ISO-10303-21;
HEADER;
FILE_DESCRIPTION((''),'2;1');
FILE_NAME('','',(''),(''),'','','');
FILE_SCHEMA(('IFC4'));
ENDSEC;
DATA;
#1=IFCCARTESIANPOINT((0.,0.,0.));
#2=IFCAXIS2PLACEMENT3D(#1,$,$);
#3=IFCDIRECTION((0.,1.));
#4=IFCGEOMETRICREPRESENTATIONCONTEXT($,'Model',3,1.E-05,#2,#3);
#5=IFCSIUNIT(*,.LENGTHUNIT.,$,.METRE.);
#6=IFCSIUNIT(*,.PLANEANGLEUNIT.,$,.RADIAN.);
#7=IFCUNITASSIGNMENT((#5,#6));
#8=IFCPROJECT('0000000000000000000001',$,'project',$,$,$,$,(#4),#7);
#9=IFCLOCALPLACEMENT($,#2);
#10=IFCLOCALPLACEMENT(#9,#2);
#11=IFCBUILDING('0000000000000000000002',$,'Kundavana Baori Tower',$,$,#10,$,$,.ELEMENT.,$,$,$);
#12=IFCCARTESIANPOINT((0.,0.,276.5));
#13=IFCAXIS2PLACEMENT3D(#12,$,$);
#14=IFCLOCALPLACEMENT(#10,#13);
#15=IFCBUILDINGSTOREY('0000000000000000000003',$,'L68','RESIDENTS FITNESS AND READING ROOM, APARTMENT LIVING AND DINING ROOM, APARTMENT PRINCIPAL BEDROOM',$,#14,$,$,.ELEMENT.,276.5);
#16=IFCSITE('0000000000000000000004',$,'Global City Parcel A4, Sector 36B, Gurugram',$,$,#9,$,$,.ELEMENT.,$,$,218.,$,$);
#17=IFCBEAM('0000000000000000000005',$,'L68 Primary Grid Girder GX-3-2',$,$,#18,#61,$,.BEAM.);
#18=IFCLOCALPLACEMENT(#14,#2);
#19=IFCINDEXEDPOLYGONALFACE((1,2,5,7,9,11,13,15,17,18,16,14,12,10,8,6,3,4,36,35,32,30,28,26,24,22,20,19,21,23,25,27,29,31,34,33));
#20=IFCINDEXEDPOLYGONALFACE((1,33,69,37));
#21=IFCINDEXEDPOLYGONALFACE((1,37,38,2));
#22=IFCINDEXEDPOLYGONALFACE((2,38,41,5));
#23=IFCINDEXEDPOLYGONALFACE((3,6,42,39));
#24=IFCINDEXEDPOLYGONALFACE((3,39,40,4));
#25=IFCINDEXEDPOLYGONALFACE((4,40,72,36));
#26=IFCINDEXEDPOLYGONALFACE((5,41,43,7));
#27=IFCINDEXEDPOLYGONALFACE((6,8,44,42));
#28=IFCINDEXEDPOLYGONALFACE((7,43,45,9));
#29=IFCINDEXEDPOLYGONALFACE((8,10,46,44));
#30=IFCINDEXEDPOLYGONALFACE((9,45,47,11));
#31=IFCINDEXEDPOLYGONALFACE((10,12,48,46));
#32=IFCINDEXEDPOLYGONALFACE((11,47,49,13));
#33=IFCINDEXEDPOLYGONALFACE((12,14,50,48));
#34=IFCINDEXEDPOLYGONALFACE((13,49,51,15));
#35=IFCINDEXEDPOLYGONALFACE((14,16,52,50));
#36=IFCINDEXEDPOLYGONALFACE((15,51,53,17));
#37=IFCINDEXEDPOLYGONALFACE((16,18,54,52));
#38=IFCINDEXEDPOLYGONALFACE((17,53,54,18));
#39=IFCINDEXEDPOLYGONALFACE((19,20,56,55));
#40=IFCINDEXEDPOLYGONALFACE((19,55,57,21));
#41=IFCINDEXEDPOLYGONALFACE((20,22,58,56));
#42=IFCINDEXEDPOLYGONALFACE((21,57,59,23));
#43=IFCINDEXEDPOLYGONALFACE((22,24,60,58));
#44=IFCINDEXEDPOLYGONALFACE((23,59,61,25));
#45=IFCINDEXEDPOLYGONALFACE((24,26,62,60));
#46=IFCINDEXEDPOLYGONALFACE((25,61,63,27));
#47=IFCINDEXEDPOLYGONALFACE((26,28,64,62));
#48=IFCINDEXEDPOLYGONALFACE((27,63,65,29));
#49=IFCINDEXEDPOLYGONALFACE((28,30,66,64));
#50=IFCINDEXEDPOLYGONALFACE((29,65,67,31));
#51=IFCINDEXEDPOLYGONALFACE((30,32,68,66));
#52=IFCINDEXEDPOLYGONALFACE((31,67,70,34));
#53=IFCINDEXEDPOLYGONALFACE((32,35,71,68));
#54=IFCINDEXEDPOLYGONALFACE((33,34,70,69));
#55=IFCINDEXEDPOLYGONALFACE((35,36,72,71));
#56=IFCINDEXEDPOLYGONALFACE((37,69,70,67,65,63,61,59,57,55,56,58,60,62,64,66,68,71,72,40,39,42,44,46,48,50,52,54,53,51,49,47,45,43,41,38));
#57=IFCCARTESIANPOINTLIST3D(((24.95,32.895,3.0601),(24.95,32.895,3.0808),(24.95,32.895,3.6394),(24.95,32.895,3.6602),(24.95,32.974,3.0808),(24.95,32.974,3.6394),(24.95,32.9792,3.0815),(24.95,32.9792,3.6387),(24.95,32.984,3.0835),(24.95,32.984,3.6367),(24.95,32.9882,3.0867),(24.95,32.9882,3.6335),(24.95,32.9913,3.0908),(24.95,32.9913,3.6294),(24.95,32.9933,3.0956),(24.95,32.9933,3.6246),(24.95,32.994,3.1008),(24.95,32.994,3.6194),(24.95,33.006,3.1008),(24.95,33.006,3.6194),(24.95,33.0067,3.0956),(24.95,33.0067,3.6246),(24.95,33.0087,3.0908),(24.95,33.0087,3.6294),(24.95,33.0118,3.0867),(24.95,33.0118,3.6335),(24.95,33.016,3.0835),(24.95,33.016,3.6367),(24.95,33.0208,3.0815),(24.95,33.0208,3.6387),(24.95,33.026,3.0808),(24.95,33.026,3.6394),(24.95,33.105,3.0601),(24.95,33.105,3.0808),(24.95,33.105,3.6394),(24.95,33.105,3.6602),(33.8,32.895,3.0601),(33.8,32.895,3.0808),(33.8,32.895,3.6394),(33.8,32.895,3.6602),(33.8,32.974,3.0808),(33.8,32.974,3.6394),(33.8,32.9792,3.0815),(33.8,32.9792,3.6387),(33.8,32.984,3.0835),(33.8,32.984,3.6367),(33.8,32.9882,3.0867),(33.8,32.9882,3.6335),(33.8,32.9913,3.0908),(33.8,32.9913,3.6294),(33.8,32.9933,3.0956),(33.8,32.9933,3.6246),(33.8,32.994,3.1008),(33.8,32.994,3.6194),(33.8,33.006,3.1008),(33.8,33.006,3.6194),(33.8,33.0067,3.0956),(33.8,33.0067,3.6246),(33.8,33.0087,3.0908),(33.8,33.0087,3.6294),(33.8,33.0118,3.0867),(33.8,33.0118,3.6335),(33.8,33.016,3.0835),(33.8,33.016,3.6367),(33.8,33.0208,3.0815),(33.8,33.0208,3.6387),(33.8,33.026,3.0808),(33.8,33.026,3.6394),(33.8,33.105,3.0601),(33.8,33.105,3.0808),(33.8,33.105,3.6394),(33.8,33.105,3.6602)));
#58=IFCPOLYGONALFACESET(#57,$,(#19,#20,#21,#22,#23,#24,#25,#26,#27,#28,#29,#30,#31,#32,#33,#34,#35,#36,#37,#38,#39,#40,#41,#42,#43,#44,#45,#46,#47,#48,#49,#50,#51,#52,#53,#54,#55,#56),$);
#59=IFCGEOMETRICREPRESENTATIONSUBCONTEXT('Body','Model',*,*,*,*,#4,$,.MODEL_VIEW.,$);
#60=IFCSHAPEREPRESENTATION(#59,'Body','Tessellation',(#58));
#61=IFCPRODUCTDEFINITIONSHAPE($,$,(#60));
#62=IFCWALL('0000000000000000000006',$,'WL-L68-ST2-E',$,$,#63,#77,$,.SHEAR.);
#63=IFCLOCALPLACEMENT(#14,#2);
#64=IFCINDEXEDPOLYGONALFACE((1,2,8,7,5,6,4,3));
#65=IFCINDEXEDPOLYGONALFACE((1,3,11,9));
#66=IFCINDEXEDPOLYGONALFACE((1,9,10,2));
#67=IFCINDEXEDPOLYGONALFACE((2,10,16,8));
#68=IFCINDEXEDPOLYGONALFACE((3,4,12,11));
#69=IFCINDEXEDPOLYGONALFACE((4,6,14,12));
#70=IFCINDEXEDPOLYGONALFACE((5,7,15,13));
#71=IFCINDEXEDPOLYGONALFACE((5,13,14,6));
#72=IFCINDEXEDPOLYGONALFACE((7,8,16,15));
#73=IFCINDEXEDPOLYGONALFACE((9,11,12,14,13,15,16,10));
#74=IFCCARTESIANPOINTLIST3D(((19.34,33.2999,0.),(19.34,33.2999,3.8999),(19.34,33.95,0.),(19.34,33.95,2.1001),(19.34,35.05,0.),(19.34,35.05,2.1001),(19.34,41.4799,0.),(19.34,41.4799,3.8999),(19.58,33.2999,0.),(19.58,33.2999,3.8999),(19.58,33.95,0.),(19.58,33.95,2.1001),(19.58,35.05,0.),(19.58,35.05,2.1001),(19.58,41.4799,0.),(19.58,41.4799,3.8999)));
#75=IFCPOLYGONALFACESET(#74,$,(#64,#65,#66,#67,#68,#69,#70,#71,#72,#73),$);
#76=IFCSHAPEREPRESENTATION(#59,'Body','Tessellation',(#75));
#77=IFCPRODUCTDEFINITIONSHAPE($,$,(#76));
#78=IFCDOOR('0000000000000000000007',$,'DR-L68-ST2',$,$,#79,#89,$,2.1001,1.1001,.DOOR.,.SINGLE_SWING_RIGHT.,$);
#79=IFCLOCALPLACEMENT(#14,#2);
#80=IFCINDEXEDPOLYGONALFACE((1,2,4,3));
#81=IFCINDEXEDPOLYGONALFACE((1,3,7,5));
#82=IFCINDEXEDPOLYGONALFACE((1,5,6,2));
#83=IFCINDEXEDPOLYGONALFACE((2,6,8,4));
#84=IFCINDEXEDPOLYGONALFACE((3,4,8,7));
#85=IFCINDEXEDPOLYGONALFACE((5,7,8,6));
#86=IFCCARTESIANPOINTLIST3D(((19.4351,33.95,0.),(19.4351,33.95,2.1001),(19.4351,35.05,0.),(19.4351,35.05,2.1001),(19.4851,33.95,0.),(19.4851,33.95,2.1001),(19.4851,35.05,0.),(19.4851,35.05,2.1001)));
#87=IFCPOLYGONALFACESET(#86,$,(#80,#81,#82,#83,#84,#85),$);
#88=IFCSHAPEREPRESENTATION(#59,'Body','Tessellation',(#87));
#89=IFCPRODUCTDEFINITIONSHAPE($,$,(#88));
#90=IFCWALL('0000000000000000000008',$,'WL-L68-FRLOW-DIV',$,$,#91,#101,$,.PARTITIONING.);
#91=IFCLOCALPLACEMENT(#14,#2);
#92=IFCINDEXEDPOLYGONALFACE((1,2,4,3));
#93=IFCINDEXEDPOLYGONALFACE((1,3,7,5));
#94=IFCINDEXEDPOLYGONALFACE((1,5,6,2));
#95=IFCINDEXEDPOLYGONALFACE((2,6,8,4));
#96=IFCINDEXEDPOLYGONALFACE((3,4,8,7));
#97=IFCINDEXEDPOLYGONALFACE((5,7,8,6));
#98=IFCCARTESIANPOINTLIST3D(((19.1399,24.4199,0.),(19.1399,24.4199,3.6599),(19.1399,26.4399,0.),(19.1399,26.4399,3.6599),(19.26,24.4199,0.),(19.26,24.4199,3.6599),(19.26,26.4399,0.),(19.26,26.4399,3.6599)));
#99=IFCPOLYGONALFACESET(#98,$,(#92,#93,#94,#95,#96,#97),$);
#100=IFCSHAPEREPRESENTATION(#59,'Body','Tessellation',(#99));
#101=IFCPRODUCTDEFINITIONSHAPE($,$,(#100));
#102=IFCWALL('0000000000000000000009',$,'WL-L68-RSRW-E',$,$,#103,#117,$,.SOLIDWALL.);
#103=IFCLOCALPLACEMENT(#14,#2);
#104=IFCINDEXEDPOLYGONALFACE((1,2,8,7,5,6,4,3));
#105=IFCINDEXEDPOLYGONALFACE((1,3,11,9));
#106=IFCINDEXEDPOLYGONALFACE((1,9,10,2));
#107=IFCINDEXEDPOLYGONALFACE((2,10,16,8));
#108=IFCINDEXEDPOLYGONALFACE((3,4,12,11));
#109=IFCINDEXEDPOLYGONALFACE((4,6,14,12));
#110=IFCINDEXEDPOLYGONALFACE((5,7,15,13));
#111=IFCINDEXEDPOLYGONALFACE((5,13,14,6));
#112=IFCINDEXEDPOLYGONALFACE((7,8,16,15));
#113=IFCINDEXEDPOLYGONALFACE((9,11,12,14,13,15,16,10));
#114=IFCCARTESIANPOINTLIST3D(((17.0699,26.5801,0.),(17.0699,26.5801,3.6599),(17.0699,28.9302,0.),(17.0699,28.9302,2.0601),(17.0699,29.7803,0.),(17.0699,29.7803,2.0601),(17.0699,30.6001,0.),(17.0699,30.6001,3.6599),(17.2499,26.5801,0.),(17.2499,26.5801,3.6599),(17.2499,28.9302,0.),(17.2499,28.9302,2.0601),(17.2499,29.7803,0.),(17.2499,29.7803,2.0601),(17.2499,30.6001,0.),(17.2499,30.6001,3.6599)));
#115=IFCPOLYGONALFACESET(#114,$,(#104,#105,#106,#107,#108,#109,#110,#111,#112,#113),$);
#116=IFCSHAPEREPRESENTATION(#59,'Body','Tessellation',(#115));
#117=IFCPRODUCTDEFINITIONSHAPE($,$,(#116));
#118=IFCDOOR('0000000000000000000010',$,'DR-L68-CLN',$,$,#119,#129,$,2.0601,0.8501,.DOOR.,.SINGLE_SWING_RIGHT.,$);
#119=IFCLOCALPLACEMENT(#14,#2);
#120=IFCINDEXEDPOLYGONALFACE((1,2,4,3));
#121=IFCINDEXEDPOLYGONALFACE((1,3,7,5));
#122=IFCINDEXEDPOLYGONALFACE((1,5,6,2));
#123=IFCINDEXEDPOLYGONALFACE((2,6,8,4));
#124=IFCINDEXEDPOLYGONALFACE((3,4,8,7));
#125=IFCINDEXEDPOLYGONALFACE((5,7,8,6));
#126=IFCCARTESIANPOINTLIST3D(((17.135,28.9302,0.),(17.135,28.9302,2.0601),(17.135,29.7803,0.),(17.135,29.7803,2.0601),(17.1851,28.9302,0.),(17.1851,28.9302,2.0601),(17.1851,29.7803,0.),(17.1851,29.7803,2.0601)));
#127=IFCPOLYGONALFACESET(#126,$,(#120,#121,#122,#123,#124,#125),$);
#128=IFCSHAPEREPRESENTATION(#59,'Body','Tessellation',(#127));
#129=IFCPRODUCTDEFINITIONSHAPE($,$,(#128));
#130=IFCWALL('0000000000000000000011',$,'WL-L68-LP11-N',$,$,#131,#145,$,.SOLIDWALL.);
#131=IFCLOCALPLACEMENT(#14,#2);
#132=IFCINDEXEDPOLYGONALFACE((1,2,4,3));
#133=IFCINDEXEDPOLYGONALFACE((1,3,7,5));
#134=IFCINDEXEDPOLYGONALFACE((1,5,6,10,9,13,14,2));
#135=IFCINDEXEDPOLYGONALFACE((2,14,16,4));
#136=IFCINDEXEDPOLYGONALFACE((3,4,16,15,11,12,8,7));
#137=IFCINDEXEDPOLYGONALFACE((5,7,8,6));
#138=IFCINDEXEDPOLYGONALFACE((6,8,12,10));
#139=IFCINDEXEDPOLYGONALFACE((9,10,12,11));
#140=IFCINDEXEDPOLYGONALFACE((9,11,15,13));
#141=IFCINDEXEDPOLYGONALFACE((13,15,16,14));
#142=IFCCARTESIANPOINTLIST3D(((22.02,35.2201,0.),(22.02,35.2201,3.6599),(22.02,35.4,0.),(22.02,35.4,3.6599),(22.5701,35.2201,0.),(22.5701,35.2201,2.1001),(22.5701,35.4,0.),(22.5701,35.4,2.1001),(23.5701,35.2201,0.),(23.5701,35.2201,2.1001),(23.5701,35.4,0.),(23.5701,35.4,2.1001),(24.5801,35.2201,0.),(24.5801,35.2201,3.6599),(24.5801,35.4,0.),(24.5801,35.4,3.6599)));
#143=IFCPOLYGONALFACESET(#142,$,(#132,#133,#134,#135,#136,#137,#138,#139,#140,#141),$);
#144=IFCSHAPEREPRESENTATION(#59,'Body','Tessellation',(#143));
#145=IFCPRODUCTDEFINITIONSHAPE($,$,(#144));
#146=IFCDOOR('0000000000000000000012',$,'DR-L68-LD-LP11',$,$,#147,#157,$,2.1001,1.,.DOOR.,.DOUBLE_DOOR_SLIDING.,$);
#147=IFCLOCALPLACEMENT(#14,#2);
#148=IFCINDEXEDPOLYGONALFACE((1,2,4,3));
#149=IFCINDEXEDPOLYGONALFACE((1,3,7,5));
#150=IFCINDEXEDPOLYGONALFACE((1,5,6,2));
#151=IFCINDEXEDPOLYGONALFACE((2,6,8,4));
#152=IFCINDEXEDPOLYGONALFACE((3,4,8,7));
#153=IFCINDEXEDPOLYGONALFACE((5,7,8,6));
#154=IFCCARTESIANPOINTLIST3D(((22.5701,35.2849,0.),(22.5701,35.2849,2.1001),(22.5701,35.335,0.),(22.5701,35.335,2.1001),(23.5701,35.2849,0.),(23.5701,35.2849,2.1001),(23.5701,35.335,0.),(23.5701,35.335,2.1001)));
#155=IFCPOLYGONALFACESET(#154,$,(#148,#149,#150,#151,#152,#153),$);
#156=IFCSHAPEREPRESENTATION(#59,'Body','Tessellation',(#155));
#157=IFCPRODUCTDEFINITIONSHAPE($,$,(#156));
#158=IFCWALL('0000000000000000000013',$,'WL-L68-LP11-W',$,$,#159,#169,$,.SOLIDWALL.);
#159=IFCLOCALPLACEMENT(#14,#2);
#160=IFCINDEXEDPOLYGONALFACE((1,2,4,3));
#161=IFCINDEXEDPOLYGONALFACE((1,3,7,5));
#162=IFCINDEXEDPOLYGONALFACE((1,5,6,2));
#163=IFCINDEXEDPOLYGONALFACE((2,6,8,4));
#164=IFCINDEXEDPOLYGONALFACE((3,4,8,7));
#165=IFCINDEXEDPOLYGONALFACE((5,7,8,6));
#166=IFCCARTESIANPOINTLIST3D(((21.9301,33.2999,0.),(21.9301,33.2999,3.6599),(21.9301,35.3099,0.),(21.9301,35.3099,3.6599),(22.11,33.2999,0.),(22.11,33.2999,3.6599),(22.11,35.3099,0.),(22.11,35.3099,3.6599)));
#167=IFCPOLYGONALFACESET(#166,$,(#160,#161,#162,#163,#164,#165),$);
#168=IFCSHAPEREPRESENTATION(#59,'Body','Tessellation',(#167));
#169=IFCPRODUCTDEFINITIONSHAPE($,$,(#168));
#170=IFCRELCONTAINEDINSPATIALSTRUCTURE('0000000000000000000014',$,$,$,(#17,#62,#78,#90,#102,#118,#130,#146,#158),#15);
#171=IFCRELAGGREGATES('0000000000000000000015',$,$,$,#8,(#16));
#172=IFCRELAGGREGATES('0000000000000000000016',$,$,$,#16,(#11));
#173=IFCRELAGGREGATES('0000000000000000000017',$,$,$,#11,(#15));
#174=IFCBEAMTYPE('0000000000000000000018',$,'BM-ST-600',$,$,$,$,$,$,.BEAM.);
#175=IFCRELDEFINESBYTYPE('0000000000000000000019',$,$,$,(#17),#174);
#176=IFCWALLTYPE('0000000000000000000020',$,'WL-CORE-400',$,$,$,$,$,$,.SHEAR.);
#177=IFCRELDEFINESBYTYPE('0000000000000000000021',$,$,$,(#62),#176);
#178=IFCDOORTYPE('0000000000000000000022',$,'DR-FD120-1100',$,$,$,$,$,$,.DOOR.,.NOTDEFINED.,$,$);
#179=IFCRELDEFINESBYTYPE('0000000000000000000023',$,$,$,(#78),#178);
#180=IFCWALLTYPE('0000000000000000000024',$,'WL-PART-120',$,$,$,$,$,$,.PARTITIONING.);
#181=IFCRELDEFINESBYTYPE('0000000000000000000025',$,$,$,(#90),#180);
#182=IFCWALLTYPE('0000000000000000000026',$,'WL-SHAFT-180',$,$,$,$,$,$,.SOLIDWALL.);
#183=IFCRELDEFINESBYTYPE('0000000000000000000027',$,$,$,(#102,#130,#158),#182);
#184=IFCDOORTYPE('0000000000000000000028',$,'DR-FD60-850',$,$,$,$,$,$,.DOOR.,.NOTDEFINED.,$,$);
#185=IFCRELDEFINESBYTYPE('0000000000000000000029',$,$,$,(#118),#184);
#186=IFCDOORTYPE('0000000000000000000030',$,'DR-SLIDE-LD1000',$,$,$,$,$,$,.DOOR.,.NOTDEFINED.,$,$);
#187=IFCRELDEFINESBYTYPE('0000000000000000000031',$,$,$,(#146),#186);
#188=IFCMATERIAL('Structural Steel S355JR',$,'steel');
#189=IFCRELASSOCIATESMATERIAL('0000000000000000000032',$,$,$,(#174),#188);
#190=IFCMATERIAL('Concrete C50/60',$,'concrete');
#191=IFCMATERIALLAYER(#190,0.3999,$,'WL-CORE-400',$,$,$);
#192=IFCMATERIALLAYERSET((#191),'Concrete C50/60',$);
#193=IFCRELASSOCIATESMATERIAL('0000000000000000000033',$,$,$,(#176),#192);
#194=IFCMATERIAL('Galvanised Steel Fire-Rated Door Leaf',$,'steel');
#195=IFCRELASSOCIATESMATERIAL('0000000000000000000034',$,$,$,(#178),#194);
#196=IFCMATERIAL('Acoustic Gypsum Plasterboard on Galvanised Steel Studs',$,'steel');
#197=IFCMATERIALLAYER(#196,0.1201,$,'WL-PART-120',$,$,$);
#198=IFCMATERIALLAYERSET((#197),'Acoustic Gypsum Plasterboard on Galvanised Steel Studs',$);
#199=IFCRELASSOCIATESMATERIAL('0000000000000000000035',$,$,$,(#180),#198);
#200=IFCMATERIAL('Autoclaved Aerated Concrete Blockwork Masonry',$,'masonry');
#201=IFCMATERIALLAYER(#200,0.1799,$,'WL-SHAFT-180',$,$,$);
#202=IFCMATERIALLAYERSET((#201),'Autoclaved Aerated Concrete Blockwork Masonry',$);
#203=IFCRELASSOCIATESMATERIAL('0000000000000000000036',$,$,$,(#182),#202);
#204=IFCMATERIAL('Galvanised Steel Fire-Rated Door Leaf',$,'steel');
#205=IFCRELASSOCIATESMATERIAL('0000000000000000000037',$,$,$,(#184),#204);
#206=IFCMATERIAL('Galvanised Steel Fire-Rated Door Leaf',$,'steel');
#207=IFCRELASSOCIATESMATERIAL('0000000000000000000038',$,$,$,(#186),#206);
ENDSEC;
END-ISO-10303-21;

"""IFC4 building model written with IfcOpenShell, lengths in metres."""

from ifc_helpers import new_model, si_unit, direction, frame, frame_2d, origin, origin_2d, place, context, subcontext, project, spatial, rectangle, i_section, extrude, material, layer, layer_set, material_profile, profile_set, type_object, element, fill, save


model = new_model("IFC4")

# Units and contexts
model_context = context("Model", 3, precision=1e-05, world=origin(), true_north=direction((0.0, 1.0)))
body_context = subcontext(model_context, "Body", "Model", "MODEL_VIEW")
ifc_project = project(units=[si_unit("LENGTHUNIT", "METRE"), si_unit("PLANEANGLEUNIT", "RADIAN")], contexts=[model_context])

# Site, building, storey
site_placement = place(None, origin())
site = spatial("IfcSite", under=ifc_project, at=site_placement, Name="Global City Parcel A4, Sector 36B, Gurugram", CompositionType="ELEMENT", RefElevation=218.0)
building_placement = place(site_placement, origin())
building = spatial("IfcBuilding", under=site, at=building_placement, Name="Kundavana Baori Tower", CompositionType="ELEMENT")
storey_placement = place(building_placement, frame((0.0, 0.0, 276.5)))
storey = spatial("IfcBuildingStorey", under=building, at=storey_placement, Name="L68", Description="RESIDENTS FITNESS AND READING ROOM, APARTMENT LIVING AND DINING ROOM, APARTMENT PRINCIPAL BEDROOM", CompositionType="ELEMENT", Elevation=276.5)

# Beam
ifc_material_1 = material(Name="Structural Steel S355JR", Category="steel")
ifc_material_profile_1 = material_profile(ifc_material_1, i_section(OverallWidth=0.21, OverallDepth=0.6001, WebThickness=0.012, FlangeThickness=0.0208, FilletRadius=0.02, at=origin_2d()), Name="ISMB 600")
ifc_profile_set_1 = profile_set([ifc_material_profile_1], Name="Structural Steel S355JR")
beam_type_1 = type_object("IfcBeamType", Name="BM-ST-600", PredefinedType="BEAM", material=ifc_profile_set_1)
for number, where, z_axis, x_axis, name in (
    (1, (24.95, 33.0, 3.3601), (1.0, 0.0, 0.0), (0.0, 1.0, 0.0), "L68 Primary Grid Girder GX-3-2"),
):
    element("IfcBeam", number, at=place(storey_placement, frame(where, z_axis=z_axis, x_axis=x_axis)), inside=storey, type_object=beam_type_1, Name=name, PredefinedType="BEAM", context=body_context, shape_type="SweptSolid", body=[
        extrude(i_section(OverallWidth=0.21, OverallDepth=0.6001, WebThickness=0.012, FlangeThickness=0.0208, FilletRadius=0.02, at=origin_2d()), origin(), (0.0, 0.0, 1.0), 8.8501),
    ])

# Wall, opening, door
ifc_material_2 = material(Name="Concrete C50/60", Category="concrete")
ifc_layer_1 = layer(ifc_material_2, 0.3999, Name="WL-CORE-400")
ifc_layer_set_1 = layer_set([ifc_layer_1], Name="Concrete C50/60")
wall_type_1 = type_object("IfcWallType", Name="WL-CORE-400", PredefinedType="SHEAR", material=ifc_layer_set_1)
wall_1_placement = place(storey_placement, frame((19.46, 33.3, 0.0), z_axis=(0.0, 0.0, 1.0), x_axis=(0.0, 1.0, 0.0)))
wall_1 = element("IfcWall", 2, at=wall_1_placement, inside=storey, type_object=wall_type_1, Name="WL-L68-ST2-E", PredefinedType="SHEAR", context=body_context, shape_type="SweptSolid", body=[
    extrude(rectangle(XDim=8.1799, YDim=0.24, at=frame_2d((4.0898, 0.0))), origin(), (0.0, 0.0, 1.0), 3.8999),
])
opening_1_placement = place(wall_1_placement, frame((0.6499, 0.0, 0.0)))
opening_1 = element("IfcOpeningElement", 3, at=opening_1_placement, cuts=wall_1, PredefinedType="OPENING", context=body_context, shape_type="SweptSolid", body=[
    extrude(rectangle(XDim=1.1001, YDim=2.1001, at=frame_2d((0.55, 1.05))), frame((0.0, 0.1299, 0.0), z_axis=(0.0, -1.0, 0.0), x_axis=(1.0, 0.0, 0.0)), (0.0, 0.0, 1.0), 0.26),
])
ifc_material_3 = material(Name="Galvanised Steel Fire-Rated Door Leaf", Category="steel")
door_type_1 = type_object("IfcDoorType", Name="DR-FD120-1100", OperationType="NOTDEFINED", PredefinedType="DOOR", material=ifc_material_3)
door_1_placement = place(opening_1_placement, origin())
door_1 = element("IfcDoor", 4, at=door_1_placement, inside=storey, type_object=door_type_1, Name="DR-L68-ST2", OperationType="SINGLE_SWING_RIGHT", OverallHeight=2.1001, OverallWidth=1.1001, PredefinedType="DOOR", context=body_context, shape_type="SweptSolid", body=[
    extrude(rectangle(XDim=1.1001, YDim=2.1001, at=frame_2d((0.55, 1.05))), frame((0.0, 0.0249, 0.0), z_axis=(0.0, -1.0, 0.0), x_axis=(1.0, 0.0, 0.0)), (0.0, 0.0, 1.0), 0.05),
])
fill(opening_1, door_1)

# Wall
ifc_material_4 = material(Name="Acoustic Gypsum Plasterboard on Galvanised Steel Studs", Category="steel")
ifc_layer_2 = layer(ifc_material_4, 0.1201, Name="WL-PART-120")
ifc_layer_set_2 = layer_set([ifc_layer_2], Name="Acoustic Gypsum Plasterboard on Galvanised Steel Studs")
wall_type_2 = type_object("IfcWallType", Name="WL-PART-120", PredefinedType="PARTITIONING", material=ifc_layer_set_2)
wall_2_placement = place(storey_placement, frame((19.2, 24.4199, 0.0), z_axis=(0.0, 0.0, 1.0), x_axis=(0.0, 1.0, 0.0)))
element("IfcWall", 5, at=wall_2_placement, inside=storey, type_object=wall_type_2, Name="WL-L68-FRLOW-DIV", PredefinedType="PARTITIONING", context=body_context, shape_type="SweptSolid", body=[
    extrude(rectangle(XDim=2.02, YDim=0.1201, at=frame_2d((1.01, 0.0))), origin(), (0.0, 0.0, 1.0), 3.6599),
])

# Walls, openings, doors
ifc_material_5 = material(Name="Autoclaved Aerated Concrete Blockwork Masonry", Category="masonry")
ifc_layer_3 = layer(ifc_material_5, 0.1799, Name="WL-SHAFT-180")
ifc_layer_set_3 = layer_set([ifc_layer_3], Name="Autoclaved Aerated Concrete Blockwork Masonry")
wall_type_3 = type_object("IfcWallType", Name="WL-SHAFT-180", PredefinedType="SOLIDWALL", material=ifc_layer_set_3)
wall_3_placement = place(storey_placement, frame((17.1599, 26.5801, 0.0), z_axis=(0.0, 0.0, 1.0), x_axis=(0.0, 1.0, 0.0)))
wall_3 = element("IfcWall", 6, at=wall_3_placement, inside=storey, type_object=wall_type_3, Name="WL-L68-RSRW-E", PredefinedType="SOLIDWALL", context=body_context, shape_type="SweptSolid", body=[
    extrude(rectangle(XDim=4.02, YDim=0.1799, at=frame_2d((2.01, 0.0))), origin(), (0.0, 0.0, 1.0), 3.6599),
])
opening_2_placement = place(wall_3_placement, frame((2.3501, 0.0, 0.0)))
opening_2 = element("IfcOpeningElement", 7, at=opening_2_placement, cuts=wall_3, PredefinedType="OPENING", context=body_context, shape_type="SweptSolid", body=[
    extrude(rectangle(XDim=0.8501, YDim=2.0601, at=frame_2d((0.425, 1.03))), frame((0.0, 0.1001, 0.0), z_axis=(0.0, -1.0, 0.0), x_axis=(1.0, 0.0, 0.0)), (0.0, 0.0, 1.0), 0.2),
])
ifc_material_6 = material(Name="Galvanised Steel Fire-Rated Door Leaf", Category="steel")
door_type_2 = type_object("IfcDoorType", Name="DR-FD60-850", OperationType="NOTDEFINED", PredefinedType="DOOR", material=ifc_material_6)
door_2_placement = place(opening_2_placement, origin())
door_2 = element("IfcDoor", 8, at=door_2_placement, inside=storey, type_object=door_type_2, Name="DR-L68-CLN", OperationType="SINGLE_SWING_RIGHT", OverallHeight=2.0601, OverallWidth=0.8501, PredefinedType="DOOR", context=body_context, shape_type="SweptSolid", body=[
    extrude(rectangle(XDim=0.8501, YDim=2.0601, at=frame_2d((0.425, 1.03))), frame((0.0, 0.0249, 0.0), z_axis=(0.0, -1.0, 0.0), x_axis=(1.0, 0.0, 0.0)), (0.0, 0.0, 1.0), 0.05),
])
fill(opening_2, door_2)
wall_4_placement = place(storey_placement, frame((22.02, 35.3101, 0.0), z_axis=(0.0, 0.0, 1.0), x_axis=(1.0, 0.0, 0.0)))
wall_4 = element("IfcWall", 9, at=wall_4_placement, inside=storey, type_object=wall_type_3, Name="WL-L68-LP11-N", PredefinedType="SOLIDWALL", context=body_context, shape_type="SweptSolid", body=[
    extrude(rectangle(XDim=2.5601, YDim=0.1799, at=frame_2d((1.28, 0.0))), origin(), (0.0, 0.0, 1.0), 3.6599),
])
opening_3_placement = place(wall_4_placement, frame((0.55, 0.0, 0.0)))
opening_3 = element("IfcOpeningElement", 10, at=opening_3_placement, cuts=wall_4, PredefinedType="OPENING", context=body_context, shape_type="SweptSolid", body=[
    extrude(rectangle(XDim=1.0, YDim=2.1001, at=frame_2d((0.5, 1.05))), frame((0.0, 0.1001, 0.0), z_axis=(0.0, -1.0, 0.0), x_axis=(1.0, 0.0, 0.0)), (0.0, 0.0, 1.0), 0.2),
])
ifc_material_7 = material(Name="Galvanised Steel Fire-Rated Door Leaf", Category="steel")
door_type_3 = type_object("IfcDoorType", Name="DR-SLIDE-LD1000", OperationType="NOTDEFINED", PredefinedType="DOOR", material=ifc_material_7)
door_3_placement = place(opening_3_placement, origin())
door_3 = element("IfcDoor", 11, at=door_3_placement, inside=storey, type_object=door_type_3, Name="DR-L68-LD-LP11", OperationType="DOUBLE_DOOR_SLIDING", OverallHeight=2.1001, OverallWidth=1.0, PredefinedType="DOOR", context=body_context, shape_type="SweptSolid", body=[
    extrude(rectangle(XDim=1.0, YDim=2.1001, at=frame_2d((0.5, 1.05))), frame((0.0, 0.0249, 0.0), z_axis=(0.0, -1.0, 0.0), x_axis=(1.0, 0.0, 0.0)), (0.0, 0.0, 1.0), 0.05),
])
fill(opening_3, door_3)

# Wall
wall_5_placement = place(storey_placement, frame((22.02, 33.3, 0.0), z_axis=(0.0, 0.0, 1.0), x_axis=(0.0, 1.0, 0.0)))
element("IfcWall", 12, at=wall_5_placement, inside=storey, type_object=wall_type_3, Name="WL-L68-LP11-W", PredefinedType="SOLIDWALL", context=body_context, shape_type="SweptSolid", body=[
    extrude(rectangle(XDim=2.01, YDim=0.1799, at=frame_2d((1.0049, 0.0))), origin(), (0.0, 0.0, 1.0), 3.6599),
])

save(model, "model.ifc")
